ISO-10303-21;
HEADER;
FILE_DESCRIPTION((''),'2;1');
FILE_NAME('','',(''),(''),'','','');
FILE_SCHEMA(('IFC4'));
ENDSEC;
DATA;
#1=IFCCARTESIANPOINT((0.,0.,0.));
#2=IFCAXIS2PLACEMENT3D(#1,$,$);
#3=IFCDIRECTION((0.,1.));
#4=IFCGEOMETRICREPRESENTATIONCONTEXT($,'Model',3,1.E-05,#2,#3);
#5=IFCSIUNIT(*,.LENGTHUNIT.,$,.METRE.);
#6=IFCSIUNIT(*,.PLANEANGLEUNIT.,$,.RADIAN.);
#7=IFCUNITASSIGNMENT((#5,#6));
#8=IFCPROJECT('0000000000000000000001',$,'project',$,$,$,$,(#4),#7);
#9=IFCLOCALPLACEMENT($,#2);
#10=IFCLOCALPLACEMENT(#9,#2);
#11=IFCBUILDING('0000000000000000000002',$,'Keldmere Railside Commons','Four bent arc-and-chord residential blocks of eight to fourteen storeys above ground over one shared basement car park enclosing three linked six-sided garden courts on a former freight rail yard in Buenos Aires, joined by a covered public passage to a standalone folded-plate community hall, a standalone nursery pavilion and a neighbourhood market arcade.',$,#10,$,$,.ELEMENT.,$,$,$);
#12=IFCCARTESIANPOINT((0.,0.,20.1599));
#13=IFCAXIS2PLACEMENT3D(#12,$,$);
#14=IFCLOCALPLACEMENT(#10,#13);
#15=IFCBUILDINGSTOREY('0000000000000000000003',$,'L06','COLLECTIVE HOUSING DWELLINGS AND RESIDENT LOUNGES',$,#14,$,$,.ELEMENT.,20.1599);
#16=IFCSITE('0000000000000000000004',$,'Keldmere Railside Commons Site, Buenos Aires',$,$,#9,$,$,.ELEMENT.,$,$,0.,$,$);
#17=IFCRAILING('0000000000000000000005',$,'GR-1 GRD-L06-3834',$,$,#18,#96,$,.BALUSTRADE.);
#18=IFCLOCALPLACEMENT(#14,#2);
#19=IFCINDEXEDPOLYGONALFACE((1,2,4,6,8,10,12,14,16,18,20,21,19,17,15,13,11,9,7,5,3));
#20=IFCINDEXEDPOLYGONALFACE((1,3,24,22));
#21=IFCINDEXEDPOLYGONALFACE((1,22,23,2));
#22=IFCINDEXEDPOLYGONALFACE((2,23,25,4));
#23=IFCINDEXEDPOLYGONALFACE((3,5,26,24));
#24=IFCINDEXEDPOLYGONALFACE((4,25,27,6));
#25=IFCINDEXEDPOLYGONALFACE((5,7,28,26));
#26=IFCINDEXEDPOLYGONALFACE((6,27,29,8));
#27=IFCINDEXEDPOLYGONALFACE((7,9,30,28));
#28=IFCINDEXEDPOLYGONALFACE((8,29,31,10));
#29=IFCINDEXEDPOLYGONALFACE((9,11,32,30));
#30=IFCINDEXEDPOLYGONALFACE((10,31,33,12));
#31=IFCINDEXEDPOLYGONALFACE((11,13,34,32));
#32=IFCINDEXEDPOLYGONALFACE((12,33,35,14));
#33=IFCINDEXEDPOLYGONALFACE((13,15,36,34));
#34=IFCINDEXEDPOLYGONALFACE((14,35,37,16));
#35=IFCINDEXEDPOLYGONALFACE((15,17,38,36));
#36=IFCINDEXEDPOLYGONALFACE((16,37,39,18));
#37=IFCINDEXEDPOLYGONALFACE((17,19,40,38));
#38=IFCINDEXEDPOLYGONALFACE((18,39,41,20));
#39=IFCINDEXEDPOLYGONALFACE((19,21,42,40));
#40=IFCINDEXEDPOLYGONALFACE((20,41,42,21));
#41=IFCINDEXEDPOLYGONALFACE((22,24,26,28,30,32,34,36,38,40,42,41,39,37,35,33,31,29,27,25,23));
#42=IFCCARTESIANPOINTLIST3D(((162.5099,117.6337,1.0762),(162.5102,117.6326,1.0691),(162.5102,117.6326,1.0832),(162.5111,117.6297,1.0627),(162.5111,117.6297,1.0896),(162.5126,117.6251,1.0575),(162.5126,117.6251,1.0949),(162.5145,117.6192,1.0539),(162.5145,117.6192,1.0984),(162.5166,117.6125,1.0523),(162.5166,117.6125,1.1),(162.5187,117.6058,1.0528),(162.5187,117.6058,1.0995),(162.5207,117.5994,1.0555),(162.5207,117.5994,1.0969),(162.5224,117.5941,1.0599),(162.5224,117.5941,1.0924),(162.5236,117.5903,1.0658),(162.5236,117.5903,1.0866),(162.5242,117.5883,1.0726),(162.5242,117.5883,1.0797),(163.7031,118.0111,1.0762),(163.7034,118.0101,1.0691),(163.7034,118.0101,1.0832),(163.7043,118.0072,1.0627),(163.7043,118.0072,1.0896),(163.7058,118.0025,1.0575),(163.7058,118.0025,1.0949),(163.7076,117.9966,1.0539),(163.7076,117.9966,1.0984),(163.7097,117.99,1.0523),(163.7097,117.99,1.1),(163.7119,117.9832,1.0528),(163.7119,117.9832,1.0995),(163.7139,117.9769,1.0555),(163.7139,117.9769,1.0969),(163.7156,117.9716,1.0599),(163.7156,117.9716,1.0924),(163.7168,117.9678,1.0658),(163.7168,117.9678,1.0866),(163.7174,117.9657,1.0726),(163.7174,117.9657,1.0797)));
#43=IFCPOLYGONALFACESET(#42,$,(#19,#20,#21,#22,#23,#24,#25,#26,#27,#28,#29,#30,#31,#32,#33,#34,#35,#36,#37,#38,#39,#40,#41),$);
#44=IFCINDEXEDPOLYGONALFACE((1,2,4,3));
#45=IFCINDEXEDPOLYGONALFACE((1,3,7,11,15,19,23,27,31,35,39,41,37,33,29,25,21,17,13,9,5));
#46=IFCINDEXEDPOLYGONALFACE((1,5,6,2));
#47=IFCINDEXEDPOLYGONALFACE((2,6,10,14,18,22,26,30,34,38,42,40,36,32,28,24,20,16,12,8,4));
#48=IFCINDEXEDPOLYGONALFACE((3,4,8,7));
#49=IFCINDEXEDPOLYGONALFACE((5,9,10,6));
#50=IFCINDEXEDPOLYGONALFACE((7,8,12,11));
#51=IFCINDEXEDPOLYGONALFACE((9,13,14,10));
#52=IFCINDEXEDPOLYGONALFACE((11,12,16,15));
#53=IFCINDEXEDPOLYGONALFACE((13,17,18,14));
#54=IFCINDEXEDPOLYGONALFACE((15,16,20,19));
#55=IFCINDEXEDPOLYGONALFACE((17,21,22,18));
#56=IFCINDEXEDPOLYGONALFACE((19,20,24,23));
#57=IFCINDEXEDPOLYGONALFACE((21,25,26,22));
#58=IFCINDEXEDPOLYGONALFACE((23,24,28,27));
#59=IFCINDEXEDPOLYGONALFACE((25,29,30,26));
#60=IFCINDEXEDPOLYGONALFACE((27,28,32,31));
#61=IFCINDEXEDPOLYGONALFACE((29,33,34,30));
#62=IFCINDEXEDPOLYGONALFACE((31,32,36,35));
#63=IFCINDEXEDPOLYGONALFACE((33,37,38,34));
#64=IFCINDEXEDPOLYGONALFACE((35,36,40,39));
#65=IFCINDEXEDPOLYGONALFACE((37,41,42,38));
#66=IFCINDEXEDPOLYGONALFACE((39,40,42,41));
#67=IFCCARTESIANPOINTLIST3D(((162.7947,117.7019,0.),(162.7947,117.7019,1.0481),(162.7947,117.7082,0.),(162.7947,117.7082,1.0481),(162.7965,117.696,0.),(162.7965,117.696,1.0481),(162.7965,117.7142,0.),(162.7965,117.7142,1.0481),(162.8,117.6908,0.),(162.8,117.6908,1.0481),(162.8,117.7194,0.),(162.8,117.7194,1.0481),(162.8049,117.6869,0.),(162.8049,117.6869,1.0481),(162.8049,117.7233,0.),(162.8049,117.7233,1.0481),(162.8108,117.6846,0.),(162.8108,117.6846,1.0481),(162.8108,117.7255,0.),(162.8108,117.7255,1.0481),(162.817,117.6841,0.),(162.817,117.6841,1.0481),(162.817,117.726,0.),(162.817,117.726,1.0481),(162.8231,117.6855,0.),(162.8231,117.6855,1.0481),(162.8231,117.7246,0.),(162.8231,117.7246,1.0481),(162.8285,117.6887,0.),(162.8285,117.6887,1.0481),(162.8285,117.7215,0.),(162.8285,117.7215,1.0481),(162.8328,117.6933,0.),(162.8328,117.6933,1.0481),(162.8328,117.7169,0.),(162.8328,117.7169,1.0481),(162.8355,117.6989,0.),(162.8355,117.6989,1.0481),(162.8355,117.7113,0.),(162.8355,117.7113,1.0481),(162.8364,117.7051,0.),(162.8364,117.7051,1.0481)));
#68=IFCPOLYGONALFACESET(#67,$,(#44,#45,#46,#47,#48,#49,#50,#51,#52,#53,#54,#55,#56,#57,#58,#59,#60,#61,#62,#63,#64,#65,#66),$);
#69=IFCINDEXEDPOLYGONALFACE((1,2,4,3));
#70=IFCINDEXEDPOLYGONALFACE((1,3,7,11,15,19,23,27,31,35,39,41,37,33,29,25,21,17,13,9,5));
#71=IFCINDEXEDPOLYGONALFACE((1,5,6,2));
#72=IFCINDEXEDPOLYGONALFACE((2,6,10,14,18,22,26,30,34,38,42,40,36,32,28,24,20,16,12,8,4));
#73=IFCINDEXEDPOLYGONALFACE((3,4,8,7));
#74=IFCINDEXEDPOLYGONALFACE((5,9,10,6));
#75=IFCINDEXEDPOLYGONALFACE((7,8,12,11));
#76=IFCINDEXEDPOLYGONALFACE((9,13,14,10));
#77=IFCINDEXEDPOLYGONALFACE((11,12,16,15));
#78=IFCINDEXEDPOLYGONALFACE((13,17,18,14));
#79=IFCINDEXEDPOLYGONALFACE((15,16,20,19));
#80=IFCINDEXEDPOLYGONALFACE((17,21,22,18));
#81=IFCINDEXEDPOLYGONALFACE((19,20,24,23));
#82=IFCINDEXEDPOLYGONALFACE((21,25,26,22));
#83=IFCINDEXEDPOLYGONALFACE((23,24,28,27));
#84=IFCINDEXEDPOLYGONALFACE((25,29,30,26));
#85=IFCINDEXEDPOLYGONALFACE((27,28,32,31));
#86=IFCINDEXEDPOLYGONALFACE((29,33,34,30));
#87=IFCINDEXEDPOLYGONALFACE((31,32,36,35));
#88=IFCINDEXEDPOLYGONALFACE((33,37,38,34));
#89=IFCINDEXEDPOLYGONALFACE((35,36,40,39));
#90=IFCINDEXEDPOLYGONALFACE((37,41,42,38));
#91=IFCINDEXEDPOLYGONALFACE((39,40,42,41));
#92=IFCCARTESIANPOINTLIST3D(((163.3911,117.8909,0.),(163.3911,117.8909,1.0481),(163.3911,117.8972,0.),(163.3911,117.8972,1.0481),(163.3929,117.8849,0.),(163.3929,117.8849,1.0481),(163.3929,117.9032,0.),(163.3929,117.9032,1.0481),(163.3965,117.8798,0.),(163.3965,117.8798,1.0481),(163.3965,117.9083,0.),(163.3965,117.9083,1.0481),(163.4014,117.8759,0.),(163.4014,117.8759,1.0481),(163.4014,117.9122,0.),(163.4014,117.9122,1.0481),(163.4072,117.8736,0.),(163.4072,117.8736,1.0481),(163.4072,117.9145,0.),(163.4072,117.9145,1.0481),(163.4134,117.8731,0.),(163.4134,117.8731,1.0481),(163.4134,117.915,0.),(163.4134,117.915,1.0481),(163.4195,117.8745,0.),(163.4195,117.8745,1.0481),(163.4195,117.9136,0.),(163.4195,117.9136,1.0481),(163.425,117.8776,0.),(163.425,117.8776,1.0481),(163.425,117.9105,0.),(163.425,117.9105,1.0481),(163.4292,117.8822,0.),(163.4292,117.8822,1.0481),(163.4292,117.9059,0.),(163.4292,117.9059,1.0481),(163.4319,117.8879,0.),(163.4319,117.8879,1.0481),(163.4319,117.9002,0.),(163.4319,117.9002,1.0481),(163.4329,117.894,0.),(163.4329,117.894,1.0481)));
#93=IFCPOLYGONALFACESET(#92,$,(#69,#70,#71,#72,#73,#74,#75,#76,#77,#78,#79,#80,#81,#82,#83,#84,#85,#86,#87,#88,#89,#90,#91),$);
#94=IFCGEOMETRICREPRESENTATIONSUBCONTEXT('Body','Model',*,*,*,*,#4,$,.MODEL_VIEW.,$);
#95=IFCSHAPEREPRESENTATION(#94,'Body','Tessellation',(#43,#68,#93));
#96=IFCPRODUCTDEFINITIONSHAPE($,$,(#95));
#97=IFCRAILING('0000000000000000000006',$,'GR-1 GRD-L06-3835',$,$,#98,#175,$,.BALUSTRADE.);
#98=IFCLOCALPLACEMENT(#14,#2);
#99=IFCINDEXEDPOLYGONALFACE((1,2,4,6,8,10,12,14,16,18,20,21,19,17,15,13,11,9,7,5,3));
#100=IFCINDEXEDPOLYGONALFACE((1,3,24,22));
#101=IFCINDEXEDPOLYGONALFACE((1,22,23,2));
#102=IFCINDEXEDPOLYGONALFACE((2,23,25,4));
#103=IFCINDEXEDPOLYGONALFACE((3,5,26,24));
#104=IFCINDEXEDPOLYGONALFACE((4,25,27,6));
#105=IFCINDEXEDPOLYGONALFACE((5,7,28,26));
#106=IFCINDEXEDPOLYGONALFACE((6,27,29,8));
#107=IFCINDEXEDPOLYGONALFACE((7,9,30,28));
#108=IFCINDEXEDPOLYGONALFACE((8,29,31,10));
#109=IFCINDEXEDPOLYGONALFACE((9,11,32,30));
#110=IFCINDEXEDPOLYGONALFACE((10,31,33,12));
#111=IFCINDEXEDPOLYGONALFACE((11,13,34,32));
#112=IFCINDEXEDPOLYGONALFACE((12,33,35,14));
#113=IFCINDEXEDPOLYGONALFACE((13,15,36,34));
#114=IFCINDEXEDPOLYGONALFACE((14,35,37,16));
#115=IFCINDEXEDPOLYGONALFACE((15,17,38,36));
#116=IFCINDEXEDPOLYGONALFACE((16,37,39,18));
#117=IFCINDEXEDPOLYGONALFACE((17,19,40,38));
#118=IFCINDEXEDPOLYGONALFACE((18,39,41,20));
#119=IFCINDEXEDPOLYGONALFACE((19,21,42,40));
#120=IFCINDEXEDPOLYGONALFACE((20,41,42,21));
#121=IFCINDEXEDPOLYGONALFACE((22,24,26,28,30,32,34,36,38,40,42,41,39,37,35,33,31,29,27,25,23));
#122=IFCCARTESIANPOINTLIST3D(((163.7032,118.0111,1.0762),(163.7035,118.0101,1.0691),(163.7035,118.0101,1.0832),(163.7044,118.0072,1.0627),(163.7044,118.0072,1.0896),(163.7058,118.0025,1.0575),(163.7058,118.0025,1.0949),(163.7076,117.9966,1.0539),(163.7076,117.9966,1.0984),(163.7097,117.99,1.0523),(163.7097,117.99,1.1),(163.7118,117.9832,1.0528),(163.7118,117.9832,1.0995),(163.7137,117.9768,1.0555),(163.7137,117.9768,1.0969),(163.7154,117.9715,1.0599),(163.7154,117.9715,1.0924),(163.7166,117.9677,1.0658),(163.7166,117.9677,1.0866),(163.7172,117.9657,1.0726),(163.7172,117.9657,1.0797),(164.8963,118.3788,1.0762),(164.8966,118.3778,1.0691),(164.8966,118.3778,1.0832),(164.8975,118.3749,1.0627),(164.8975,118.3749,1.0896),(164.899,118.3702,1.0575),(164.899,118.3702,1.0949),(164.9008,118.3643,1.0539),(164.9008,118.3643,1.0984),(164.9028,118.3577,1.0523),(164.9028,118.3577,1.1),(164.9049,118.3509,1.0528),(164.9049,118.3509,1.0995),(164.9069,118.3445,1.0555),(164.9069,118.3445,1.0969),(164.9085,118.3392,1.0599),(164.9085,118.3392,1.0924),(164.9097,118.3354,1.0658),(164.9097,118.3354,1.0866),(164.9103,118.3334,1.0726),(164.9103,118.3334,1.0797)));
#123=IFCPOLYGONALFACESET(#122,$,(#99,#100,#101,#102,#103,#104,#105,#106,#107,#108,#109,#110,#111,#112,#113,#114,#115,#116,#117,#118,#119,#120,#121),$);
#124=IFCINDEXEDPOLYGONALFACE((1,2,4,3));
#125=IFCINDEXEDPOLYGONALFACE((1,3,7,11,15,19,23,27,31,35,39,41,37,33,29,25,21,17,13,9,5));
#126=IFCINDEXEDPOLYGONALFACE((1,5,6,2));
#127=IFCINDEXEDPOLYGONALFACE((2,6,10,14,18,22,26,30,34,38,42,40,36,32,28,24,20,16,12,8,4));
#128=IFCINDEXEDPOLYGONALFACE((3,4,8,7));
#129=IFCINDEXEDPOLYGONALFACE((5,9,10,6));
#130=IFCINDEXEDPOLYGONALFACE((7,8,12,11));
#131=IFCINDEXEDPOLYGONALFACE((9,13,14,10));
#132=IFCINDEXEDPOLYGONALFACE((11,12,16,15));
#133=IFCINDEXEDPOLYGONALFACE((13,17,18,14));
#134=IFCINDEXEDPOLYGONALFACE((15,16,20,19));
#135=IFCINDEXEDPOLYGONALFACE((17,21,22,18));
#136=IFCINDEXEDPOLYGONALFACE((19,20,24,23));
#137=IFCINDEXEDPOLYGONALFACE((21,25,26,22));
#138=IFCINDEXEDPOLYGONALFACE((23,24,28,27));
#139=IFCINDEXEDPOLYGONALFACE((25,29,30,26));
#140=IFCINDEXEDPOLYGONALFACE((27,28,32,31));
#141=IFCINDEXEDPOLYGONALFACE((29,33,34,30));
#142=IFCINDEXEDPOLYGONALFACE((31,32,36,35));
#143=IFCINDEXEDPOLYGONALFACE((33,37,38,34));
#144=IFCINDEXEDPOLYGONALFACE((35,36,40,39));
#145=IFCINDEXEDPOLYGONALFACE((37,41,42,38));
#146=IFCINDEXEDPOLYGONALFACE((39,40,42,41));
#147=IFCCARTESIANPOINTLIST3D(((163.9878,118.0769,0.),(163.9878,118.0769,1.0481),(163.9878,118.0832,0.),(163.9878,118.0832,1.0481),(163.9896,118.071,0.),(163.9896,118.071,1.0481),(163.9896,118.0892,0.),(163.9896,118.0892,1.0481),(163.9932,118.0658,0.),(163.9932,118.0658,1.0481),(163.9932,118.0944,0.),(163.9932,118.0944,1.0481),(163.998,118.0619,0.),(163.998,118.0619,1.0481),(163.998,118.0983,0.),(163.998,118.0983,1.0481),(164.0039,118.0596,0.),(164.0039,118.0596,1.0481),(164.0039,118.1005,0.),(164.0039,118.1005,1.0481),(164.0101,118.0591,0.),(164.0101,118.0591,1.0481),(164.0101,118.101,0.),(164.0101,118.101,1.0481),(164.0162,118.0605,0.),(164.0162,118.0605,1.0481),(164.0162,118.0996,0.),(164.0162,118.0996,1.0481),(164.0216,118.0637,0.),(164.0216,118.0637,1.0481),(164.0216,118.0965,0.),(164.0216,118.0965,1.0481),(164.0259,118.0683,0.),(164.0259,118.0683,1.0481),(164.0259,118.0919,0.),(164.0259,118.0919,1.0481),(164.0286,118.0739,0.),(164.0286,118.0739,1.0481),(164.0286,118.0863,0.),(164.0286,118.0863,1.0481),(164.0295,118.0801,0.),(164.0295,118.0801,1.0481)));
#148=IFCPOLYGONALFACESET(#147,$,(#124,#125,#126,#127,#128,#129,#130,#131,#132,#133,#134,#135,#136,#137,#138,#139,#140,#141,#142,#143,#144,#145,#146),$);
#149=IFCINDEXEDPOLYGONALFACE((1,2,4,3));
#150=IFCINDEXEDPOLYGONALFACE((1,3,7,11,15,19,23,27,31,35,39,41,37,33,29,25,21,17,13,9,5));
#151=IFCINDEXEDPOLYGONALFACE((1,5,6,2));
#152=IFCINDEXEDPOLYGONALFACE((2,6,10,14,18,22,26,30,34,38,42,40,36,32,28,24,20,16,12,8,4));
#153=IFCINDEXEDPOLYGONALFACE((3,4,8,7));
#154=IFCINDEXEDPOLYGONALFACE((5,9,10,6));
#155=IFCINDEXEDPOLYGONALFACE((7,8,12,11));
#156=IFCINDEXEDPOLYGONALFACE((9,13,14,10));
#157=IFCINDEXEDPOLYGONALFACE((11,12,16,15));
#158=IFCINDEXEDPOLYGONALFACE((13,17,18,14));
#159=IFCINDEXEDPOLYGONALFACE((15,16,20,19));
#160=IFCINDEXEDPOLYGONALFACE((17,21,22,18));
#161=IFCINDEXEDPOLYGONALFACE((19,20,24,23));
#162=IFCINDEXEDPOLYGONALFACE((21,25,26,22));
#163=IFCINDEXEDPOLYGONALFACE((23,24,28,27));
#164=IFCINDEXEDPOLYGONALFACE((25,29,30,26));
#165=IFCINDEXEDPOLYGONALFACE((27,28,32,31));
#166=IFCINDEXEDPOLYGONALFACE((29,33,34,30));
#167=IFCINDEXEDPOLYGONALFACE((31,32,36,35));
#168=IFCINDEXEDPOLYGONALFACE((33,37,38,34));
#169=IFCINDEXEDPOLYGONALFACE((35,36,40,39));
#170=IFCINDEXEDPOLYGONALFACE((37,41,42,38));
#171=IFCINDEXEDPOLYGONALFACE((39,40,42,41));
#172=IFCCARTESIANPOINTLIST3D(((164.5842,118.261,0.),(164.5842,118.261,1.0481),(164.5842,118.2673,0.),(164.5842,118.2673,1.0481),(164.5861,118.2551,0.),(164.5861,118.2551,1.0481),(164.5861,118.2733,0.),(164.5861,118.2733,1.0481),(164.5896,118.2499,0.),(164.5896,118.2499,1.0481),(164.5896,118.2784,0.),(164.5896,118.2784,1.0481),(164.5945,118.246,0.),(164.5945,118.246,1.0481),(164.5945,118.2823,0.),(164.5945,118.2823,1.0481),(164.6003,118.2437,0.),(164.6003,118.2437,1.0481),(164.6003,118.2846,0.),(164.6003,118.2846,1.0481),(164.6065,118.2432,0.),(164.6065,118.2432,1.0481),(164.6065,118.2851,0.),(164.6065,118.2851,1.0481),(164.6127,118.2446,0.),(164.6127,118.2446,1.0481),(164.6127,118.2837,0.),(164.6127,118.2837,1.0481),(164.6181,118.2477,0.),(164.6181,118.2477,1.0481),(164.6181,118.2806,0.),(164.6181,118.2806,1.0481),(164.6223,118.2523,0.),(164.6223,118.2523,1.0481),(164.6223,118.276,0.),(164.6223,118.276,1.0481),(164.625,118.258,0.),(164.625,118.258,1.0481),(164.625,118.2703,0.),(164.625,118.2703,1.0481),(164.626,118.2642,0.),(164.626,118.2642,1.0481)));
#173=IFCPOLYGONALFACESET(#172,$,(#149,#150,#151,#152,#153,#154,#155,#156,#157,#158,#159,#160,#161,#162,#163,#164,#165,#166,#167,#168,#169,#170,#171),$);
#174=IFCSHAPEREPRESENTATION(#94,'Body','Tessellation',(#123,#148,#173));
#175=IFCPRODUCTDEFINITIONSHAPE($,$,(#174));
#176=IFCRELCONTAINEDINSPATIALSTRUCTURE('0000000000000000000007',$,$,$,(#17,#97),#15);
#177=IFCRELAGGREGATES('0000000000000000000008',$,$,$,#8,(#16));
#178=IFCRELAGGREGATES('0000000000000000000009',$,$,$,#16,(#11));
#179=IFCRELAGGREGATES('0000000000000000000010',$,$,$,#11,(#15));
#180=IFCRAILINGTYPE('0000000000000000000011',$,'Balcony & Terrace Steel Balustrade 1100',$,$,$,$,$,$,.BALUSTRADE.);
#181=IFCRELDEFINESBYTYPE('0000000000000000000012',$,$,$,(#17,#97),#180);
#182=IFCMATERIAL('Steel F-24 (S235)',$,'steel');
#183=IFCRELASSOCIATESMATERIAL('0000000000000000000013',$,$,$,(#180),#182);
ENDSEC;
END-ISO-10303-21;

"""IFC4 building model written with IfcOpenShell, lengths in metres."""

from ifc_helpers import new_model, si_unit, direction, frame, origin, origin_2d, place, context, subcontext, project, spatial, circle, extrude, material, type_object, element, save


model = new_model("IFC4")

# Units and contexts
model_context = context("Model", 3, precision=1e-05, world=origin(), true_north=direction((0.0, 1.0)))
body_context = subcontext(model_context, "Body", "Model", "MODEL_VIEW")
ifc_project = project(units=[si_unit("LENGTHUNIT", "METRE"), si_unit("PLANEANGLEUNIT", "RADIAN")], contexts=[model_context])

# Site, building, storey
site_placement = place(None, origin())
site = spatial("IfcSite", under=ifc_project, at=site_placement, Name="Keldmere Railside Commons Site, Buenos Aires", CompositionType="ELEMENT", RefElevation=0.0)
building_placement = place(site_placement, origin())
building = spatial("IfcBuilding", under=site, at=building_placement, Name="Keldmere Railside Commons", Description="Four bent arc-and-chord residential blocks of eight to fourteen storeys above ground over one shared basement car park enclosing three linked six-sided garden courts on a former freight rail yard in Buenos Aires, joined by a covered public passage to a standalone folded-plate community hall, a standalone nursery pavilion and a neighbourhood market arcade.", CompositionType="ELEMENT")
storey_placement = place(building_placement, frame((0.0, 0.0, 20.1599)))
storey = spatial("IfcBuildingStorey", under=building, at=storey_placement, Name="L06", Description="COLLECTIVE HOUSING DWELLINGS AND RESIDENT LOUNGES", CompositionType="ELEMENT", Elevation=20.1599)

# Railings
ifc_material_1 = material(Name="Steel F-24 (S235)", Category="steel")
railing_type = type_object("IfcRailingType", Name="Balcony & Terrace Steel Balustrade 1100", PredefinedType="BALUSTRADE", material=ifc_material_1)
railing_1_placement = place(storey_placement, frame((162.5171, 117.6108, 0.0)))
element("IfcRailing", 1, at=railing_1_placement, inside=storey, type_object=railing_type, Name="GR-1 GRD-L06-3834", PredefinedType="BALUSTRADE", context=body_context, shape_type="SweptSolid", body=[
    extrude(circle(Radius=0.0239, at=origin_2d()), frame((0.0, 0.0, 1.0762), z_axis=(0.953429, 0.301617, 0.0), x_axis=(-0.301617, 0.953429, 0.0)), (0.0, 0.0, 1.0), 1.2515),
    extrude(circle(Radius=0.021, at=origin_2d()), frame((0.2983, 0.0942, 0.0)), (0.0, 0.0, 1.0), 1.0481),
    extrude(circle(Radius=0.021, at=origin_2d()), frame((0.8948, 0.2832, 0.0)), (0.0, 0.0, 1.0), 1.0481),
])
railing_2_placement = place(storey_placement, frame((163.7102, 117.9883, 0.0)))
element("IfcRailing", 2, at=railing_2_placement, inside=storey, type_object=railing_type, Name="GR-1 GRD-L06-3835", PredefinedType="BALUSTRADE", context=body_context, shape_type="SweptSolid", body=[
    extrude(circle(Radius=0.0239, at=origin_2d()), frame((0.0, 0.0, 1.0762), z_axis=(0.955652, 0.294498, 0.0), x_axis=(-0.294498, 0.955652, 0.0)), (0.0, 0.0, 1.0), 1.2485),
    extrude(circle(Radius=0.021, at=origin_2d()), frame((0.2983, 0.0918, 0.0)), (0.0, 0.0, 1.0), 1.0481),
    extrude(circle(Radius=0.021, at=origin_2d()), frame((0.8948, 0.2759, 0.0)), (0.0, 0.0, 1.0), 1.0481),
])

save(model, "model.ifc")
